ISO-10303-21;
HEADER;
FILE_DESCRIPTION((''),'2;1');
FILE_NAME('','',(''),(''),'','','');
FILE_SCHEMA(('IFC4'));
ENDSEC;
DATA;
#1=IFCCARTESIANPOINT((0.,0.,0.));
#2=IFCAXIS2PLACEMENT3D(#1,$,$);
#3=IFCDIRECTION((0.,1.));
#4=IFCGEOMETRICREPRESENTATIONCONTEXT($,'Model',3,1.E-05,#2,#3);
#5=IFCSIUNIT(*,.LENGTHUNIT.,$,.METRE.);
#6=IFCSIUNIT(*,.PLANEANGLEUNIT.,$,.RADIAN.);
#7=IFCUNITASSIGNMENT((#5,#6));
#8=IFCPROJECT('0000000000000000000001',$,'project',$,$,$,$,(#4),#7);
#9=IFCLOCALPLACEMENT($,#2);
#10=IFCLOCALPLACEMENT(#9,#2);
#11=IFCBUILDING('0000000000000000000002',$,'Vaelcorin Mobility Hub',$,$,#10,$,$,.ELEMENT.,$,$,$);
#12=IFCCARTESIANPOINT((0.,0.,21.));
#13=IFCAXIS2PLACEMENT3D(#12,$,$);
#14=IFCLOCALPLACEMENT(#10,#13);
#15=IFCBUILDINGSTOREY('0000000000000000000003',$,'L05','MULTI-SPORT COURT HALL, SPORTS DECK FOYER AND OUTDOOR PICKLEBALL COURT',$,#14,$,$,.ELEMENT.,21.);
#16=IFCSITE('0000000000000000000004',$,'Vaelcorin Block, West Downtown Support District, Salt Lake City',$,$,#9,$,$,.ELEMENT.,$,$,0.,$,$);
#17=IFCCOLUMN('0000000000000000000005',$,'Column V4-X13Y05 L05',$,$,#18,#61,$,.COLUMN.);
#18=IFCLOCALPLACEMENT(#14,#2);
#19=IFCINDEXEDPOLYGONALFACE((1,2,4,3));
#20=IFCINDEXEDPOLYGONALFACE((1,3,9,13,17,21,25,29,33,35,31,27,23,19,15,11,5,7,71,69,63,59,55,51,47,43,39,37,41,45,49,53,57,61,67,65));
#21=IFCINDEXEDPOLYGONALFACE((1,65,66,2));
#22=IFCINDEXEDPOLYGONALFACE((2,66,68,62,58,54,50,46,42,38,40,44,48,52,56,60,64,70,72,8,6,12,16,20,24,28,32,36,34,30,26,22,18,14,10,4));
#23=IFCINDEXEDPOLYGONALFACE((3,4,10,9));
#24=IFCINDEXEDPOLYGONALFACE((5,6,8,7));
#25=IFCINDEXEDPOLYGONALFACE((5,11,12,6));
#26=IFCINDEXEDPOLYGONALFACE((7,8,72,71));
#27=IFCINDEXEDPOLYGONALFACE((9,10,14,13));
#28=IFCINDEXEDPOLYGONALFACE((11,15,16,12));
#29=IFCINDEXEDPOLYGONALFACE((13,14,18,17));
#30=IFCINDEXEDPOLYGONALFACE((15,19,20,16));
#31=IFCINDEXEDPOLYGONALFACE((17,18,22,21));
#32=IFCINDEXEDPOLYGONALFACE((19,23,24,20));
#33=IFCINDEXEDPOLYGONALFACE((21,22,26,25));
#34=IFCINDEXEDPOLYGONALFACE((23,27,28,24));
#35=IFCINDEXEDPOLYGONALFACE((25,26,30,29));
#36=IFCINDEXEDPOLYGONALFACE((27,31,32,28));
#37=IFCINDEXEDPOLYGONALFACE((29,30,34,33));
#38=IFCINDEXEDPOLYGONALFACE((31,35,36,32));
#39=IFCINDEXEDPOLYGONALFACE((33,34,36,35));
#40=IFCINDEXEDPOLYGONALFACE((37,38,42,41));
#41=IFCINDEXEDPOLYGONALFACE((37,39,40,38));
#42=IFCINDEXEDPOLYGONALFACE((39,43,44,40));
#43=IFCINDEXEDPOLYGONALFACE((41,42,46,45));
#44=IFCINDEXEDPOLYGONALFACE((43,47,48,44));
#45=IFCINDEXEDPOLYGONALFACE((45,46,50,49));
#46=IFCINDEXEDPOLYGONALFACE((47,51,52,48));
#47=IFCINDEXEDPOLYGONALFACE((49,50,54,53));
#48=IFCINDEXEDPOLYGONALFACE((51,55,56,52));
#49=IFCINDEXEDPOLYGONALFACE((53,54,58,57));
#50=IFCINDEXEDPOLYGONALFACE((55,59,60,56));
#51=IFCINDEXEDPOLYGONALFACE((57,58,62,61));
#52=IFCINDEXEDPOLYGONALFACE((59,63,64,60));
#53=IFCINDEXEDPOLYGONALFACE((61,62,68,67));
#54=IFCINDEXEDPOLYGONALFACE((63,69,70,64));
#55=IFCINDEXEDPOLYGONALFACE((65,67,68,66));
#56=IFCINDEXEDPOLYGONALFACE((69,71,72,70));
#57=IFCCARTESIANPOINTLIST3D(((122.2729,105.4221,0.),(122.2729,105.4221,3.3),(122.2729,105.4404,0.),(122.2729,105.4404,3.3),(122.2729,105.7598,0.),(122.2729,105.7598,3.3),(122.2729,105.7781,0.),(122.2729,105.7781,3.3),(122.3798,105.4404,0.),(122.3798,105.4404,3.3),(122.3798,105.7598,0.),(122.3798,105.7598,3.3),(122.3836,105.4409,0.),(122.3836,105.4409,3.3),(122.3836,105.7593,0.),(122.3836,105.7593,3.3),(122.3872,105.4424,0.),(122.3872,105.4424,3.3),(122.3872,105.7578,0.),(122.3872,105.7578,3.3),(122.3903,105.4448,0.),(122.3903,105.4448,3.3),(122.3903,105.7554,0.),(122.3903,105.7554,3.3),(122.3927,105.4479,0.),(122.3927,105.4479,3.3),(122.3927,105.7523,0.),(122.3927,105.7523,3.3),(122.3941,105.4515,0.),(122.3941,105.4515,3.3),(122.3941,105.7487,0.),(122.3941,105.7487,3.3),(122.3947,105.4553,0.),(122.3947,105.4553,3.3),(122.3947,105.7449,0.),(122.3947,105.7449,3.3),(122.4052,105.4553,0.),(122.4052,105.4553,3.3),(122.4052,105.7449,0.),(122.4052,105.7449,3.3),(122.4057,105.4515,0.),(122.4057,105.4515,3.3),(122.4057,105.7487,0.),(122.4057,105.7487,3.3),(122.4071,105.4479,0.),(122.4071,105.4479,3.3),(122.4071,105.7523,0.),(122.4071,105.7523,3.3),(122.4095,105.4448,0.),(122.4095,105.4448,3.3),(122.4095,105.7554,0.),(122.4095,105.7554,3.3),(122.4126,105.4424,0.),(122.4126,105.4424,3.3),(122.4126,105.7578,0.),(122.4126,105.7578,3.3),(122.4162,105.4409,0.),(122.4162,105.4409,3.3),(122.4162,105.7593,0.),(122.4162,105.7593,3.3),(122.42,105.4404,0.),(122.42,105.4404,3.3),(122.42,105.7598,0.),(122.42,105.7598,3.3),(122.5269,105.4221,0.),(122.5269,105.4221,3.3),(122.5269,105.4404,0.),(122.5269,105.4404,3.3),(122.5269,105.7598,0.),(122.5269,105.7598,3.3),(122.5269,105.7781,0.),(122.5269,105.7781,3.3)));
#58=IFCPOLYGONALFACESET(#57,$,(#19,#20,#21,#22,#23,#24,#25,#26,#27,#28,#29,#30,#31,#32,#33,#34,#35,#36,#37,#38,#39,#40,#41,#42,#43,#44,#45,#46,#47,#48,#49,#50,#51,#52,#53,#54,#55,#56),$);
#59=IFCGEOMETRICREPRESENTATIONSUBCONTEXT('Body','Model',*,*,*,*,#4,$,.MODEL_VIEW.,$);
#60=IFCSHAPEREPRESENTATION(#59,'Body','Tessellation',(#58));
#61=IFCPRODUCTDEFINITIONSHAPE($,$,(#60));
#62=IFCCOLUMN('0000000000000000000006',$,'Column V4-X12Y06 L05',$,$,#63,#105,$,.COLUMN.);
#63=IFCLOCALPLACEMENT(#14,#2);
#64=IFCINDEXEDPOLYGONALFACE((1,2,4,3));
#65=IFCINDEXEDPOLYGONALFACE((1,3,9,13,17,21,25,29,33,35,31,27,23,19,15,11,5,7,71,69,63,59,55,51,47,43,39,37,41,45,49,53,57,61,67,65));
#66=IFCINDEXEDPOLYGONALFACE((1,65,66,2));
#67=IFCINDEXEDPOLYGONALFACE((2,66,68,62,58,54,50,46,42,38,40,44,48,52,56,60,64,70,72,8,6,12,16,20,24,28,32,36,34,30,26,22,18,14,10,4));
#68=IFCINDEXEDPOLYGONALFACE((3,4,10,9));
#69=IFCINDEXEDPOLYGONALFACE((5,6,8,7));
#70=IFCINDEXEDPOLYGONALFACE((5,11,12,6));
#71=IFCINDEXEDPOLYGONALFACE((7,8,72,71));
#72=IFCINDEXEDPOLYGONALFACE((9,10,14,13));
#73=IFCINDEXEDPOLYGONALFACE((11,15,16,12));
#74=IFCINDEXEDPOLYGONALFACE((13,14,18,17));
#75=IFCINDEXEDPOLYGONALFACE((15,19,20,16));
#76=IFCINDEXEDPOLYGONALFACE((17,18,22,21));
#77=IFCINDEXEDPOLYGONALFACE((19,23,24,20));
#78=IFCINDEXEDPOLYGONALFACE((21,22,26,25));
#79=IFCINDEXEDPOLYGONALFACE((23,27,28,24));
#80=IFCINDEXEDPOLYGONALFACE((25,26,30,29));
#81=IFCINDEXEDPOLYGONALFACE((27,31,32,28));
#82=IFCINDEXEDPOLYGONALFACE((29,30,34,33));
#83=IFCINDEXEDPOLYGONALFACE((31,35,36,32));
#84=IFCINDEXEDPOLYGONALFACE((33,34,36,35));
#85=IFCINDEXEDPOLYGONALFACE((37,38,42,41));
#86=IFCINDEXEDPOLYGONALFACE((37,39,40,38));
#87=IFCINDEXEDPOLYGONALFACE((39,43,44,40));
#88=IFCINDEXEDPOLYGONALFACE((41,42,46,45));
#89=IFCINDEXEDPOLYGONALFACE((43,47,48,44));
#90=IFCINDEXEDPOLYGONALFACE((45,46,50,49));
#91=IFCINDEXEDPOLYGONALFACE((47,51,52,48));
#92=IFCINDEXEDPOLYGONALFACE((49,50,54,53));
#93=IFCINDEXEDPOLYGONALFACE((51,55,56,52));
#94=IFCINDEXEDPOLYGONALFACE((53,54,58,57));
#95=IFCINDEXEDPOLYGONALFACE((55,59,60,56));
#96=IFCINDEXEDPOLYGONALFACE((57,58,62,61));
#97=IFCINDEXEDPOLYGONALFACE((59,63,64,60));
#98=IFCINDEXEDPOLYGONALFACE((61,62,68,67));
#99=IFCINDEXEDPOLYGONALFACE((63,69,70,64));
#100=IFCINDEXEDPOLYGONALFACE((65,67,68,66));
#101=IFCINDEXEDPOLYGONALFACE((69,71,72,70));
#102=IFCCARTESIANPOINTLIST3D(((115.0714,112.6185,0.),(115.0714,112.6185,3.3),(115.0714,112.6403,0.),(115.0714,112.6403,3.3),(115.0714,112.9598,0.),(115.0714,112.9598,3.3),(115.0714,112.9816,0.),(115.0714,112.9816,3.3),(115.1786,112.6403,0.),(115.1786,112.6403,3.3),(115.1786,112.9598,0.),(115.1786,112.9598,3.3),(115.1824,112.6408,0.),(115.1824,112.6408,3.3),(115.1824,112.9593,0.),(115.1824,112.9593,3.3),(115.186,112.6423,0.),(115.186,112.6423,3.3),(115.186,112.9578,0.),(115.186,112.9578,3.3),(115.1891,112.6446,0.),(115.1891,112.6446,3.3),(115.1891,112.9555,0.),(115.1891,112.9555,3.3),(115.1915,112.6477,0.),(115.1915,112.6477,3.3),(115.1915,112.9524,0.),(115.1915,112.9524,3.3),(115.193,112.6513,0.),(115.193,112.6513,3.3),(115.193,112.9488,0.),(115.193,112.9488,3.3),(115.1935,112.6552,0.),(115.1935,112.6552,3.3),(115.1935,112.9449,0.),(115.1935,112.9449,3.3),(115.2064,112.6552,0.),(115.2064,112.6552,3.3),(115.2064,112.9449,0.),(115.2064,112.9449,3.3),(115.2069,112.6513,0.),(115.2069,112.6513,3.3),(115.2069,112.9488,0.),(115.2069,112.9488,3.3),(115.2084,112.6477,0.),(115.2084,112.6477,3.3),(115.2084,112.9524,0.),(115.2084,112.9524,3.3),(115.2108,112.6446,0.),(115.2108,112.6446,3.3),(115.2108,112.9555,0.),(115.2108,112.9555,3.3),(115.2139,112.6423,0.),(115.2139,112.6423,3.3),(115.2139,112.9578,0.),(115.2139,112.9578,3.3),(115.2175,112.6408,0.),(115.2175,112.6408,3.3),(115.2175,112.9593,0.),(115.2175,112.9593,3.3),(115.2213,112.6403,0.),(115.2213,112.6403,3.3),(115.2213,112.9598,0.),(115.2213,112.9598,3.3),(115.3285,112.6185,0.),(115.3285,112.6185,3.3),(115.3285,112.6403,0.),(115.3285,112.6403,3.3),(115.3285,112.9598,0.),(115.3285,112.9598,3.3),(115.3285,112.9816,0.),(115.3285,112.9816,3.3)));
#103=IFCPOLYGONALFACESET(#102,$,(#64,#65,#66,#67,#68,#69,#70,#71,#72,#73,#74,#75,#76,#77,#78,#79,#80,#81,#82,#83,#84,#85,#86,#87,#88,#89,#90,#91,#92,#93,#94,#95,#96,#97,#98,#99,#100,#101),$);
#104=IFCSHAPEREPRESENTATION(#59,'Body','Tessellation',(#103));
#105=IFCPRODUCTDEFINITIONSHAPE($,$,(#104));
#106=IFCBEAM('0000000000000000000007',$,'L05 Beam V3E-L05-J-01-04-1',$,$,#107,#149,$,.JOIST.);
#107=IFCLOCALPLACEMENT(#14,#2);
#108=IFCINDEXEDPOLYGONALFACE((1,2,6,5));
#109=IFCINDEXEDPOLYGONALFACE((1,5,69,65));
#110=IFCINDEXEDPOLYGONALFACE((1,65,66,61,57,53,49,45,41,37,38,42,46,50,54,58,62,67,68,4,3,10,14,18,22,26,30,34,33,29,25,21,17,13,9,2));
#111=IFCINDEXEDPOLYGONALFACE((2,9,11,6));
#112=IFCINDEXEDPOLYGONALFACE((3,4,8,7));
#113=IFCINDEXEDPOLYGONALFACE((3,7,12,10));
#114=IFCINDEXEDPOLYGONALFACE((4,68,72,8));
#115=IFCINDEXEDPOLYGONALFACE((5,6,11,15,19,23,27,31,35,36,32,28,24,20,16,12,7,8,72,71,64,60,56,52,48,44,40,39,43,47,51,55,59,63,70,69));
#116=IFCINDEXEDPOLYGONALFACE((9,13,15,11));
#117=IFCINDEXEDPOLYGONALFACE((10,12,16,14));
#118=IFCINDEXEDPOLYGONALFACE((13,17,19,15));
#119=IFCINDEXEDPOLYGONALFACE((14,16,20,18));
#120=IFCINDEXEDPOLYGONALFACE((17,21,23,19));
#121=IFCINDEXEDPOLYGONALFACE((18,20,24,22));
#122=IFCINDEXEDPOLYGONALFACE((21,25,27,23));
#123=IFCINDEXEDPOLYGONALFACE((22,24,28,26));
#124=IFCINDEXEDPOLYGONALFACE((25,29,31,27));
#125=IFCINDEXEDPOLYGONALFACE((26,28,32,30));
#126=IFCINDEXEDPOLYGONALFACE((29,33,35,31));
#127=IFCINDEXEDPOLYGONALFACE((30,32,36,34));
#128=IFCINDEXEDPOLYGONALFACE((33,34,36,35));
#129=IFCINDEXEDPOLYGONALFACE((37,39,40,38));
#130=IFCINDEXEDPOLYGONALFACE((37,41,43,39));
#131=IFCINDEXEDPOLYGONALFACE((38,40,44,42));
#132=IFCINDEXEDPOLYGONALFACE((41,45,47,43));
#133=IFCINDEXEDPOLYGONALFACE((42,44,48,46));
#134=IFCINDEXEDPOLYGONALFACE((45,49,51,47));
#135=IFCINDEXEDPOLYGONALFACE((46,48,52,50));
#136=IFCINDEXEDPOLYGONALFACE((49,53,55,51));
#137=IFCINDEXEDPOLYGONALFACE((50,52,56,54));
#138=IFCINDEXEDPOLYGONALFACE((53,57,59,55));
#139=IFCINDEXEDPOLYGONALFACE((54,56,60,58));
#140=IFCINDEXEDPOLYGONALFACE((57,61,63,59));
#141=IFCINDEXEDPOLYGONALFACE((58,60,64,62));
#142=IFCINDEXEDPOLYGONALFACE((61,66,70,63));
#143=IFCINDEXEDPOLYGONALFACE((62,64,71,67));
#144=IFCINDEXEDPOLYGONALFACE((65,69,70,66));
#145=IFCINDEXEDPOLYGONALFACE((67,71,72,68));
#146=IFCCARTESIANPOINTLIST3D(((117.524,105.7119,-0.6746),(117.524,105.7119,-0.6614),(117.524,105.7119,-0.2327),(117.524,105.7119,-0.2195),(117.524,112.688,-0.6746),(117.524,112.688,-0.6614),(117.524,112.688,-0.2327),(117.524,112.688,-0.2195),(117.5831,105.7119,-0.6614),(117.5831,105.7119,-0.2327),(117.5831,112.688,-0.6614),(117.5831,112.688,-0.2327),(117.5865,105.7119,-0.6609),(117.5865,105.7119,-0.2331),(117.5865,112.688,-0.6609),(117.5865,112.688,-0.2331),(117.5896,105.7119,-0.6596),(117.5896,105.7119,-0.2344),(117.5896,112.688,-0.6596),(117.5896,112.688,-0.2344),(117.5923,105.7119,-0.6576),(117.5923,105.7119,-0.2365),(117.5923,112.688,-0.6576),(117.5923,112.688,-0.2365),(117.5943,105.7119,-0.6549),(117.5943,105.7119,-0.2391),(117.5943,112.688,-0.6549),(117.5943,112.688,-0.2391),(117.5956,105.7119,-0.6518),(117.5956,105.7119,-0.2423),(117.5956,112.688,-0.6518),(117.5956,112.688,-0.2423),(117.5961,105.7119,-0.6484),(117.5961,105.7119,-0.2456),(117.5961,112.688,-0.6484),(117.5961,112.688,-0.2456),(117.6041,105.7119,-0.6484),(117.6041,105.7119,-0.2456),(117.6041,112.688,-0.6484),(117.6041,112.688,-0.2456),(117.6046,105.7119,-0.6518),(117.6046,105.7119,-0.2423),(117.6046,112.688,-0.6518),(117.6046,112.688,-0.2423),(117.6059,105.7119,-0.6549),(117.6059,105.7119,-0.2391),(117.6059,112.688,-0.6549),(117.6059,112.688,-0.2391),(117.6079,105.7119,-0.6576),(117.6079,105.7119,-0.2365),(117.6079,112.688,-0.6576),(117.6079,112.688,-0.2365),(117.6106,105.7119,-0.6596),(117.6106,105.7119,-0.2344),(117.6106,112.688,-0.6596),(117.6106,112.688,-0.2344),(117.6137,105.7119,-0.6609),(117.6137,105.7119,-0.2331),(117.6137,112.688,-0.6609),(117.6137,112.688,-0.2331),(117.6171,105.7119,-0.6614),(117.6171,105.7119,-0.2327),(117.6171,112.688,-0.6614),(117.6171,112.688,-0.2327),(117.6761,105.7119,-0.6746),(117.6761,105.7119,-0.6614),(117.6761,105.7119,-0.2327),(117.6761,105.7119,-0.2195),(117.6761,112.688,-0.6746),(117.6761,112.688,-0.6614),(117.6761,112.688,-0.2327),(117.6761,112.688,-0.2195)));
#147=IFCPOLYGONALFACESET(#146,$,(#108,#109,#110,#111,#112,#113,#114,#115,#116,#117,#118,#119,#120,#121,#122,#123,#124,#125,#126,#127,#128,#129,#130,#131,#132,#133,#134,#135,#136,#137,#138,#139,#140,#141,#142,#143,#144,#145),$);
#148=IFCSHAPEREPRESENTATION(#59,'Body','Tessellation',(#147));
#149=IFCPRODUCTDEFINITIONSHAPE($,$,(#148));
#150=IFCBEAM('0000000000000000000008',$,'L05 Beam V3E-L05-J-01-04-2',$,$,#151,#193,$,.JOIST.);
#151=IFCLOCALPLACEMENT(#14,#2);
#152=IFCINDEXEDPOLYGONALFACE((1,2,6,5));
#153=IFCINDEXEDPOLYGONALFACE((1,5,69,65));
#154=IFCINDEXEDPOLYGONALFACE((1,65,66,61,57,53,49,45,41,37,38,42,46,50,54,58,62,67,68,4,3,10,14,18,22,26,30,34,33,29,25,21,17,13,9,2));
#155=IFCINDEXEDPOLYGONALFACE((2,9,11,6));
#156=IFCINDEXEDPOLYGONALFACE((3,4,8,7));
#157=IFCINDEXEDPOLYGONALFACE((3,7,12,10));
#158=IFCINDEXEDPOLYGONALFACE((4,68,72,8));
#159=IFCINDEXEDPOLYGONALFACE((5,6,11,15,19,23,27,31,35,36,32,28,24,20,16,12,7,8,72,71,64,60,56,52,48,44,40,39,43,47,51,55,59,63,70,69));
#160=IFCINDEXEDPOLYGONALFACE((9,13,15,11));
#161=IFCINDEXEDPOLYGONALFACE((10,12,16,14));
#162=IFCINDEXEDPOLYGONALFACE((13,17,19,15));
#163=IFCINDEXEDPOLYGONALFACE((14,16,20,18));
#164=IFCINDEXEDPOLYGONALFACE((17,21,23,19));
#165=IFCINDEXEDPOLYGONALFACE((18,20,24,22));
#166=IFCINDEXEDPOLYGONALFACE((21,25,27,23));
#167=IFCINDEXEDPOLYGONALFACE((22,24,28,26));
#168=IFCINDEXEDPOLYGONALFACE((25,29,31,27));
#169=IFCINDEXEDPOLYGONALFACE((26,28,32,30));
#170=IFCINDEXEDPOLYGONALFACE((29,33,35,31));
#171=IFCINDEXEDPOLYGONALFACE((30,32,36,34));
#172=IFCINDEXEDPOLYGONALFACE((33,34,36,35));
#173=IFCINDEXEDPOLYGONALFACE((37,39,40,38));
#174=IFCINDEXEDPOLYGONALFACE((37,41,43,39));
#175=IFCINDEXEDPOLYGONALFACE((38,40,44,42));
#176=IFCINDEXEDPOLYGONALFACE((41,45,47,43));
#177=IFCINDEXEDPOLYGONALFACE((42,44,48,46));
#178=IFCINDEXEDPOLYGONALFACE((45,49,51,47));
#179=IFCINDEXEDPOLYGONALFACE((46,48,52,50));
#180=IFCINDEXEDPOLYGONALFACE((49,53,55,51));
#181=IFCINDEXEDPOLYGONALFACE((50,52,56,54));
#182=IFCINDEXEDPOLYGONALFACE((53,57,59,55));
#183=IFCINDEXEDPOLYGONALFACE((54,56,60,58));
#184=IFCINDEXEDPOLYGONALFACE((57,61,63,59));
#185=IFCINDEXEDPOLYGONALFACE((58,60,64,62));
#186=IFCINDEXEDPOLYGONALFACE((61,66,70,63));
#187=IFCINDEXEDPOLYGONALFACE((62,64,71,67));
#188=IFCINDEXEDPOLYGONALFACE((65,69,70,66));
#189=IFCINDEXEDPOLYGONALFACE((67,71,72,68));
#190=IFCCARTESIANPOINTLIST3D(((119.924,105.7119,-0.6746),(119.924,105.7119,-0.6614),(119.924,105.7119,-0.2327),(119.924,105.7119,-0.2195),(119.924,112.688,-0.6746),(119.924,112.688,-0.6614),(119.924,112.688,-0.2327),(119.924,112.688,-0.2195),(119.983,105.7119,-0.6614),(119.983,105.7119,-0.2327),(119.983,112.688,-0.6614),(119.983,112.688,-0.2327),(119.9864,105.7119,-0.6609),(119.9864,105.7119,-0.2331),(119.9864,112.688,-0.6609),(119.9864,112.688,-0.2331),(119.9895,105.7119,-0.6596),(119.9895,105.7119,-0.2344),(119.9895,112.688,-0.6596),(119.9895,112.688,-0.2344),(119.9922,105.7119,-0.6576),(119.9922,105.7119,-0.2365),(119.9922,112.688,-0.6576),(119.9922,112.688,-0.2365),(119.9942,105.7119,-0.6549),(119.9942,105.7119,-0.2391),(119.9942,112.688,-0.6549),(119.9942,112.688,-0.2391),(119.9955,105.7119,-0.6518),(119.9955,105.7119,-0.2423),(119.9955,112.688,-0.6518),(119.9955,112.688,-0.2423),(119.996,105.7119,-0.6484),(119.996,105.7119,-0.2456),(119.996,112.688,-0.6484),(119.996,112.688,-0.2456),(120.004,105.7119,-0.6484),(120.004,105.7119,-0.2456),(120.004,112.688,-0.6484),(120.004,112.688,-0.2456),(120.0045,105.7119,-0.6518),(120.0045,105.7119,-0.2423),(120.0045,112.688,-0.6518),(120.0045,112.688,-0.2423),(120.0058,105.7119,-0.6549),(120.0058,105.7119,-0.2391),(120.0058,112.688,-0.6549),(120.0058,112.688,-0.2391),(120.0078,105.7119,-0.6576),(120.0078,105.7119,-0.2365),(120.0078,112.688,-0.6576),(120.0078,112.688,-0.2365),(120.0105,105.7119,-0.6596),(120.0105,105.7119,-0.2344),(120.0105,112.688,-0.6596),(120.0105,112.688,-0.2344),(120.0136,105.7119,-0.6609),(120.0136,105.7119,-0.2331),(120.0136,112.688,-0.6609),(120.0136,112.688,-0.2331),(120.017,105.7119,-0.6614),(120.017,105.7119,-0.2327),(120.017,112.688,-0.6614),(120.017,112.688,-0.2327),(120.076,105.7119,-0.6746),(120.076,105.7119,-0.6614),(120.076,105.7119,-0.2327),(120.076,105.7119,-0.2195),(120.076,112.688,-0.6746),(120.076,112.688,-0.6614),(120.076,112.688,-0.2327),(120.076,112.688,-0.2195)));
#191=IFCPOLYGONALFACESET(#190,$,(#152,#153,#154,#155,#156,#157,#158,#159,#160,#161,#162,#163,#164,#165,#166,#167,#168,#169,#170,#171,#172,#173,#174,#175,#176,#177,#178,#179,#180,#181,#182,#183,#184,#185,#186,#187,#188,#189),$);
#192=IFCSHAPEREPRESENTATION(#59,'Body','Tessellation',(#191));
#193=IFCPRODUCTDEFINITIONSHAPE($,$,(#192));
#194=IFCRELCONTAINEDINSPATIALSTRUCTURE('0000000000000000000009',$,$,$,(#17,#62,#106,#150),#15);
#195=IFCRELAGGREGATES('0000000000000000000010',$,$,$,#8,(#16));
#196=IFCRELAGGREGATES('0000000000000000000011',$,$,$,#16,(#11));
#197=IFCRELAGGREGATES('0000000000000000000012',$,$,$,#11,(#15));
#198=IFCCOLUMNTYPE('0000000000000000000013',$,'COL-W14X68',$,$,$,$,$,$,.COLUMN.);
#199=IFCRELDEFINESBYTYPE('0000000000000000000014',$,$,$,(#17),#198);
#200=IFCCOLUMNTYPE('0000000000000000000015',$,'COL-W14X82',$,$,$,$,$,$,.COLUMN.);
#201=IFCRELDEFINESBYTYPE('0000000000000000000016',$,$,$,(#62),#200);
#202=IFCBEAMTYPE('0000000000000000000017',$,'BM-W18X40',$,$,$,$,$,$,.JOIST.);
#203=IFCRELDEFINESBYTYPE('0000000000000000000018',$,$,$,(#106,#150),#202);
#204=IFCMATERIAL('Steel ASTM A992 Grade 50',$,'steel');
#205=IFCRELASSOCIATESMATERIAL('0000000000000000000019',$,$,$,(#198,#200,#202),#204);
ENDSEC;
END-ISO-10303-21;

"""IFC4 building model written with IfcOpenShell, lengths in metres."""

from ifc_helpers import new_model, si_unit, direction, frame, origin, origin_2d, place, context, subcontext, project, spatial, i_section, extrude, material, material_profile, profile_set, type_object, element, save


model = new_model("IFC4")

# Units and contexts
model_context = context("Model", 3, precision=1e-05, world=origin(), true_north=direction((0.0, 1.0)))
body_context = subcontext(model_context, "Body", "Model", "MODEL_VIEW")
ifc_project = project(units=[si_unit("LENGTHUNIT", "METRE"), si_unit("PLANEANGLEUNIT", "RADIAN")], contexts=[model_context])

# Site, building, storey
site_placement = place(None, origin())
site = spatial("IfcSite", under=ifc_project, at=site_placement, Name="Vaelcorin Block, West Downtown Support District, Salt Lake City", CompositionType="ELEMENT", RefElevation=0.0)
building_placement = place(site_placement, origin())
building = spatial("IfcBuilding", under=site, at=building_placement, Name="Vaelcorin Mobility Hub", CompositionType="ELEMENT")
storey_placement = place(building_placement, frame((0.0, 0.0, 21.0)))
storey = spatial("IfcBuildingStorey", under=building, at=storey_placement, Name="L05", Description="MULTI-SPORT COURT HALL, SPORTS DECK FOYER AND OUTDOOR PICKLEBALL COURT", CompositionType="ELEMENT", Elevation=21.0)

# Columns
ifc_material_1 = material(Name="Steel ASTM A992 Grade 50", Category="steel")
ifc_material_profile_1 = material_profile(ifc_material_1, i_section(OverallWidth=0.2539, OverallDepth=0.356, WebThickness=0.0105, FlangeThickness=0.0183, FilletRadius=0.0149, at=origin_2d()), Name="W14X68")
ifc_profile_set_1 = profile_set([ifc_material_profile_1], Name="Steel ASTM A992 Grade 50")
column_type_1 = type_object("IfcColumnType", Name="COL-W14X68", PredefinedType="COLUMN", material=ifc_profile_set_1)
column_1_placement = place(storey_placement, frame((122.3999, 105.6001, 0.0), z_axis=(0.0, 0.0, 1.0), x_axis=(1.0, 0.0, 0.0)))
element("IfcColumn", 1, at=column_1_placement, inside=storey, type_object=column_type_1, Name="Column V4-X13Y05 L05", PredefinedType="COLUMN", context=body_context, shape_type="SweptSolid", body=[
    extrude(i_section(OverallWidth=0.2539, OverallDepth=0.356, WebThickness=0.0105, FlangeThickness=0.0183, FilletRadius=0.0149, at=origin_2d()), origin(), (0.0, 0.0, 1.0), 3.3),
])
ifc_material_profile_2 = material_profile(ifc_material_1, i_section(OverallWidth=0.2571, OverallDepth=0.363, WebThickness=0.0129, FlangeThickness=0.0217, FilletRadius=0.0149, at=origin_2d()), Name="W14X82")
ifc_profile_set_2 = profile_set([ifc_material_profile_2], Name="Steel ASTM A992 Grade 50")
column_type_2 = type_object("IfcColumnType", Name="COL-W14X82", PredefinedType="COLUMN", material=ifc_profile_set_2)
column_2_placement = place(storey_placement, frame((115.2, 112.8, 0.0), z_axis=(0.0, 0.0, 1.0), x_axis=(1.0, 0.0, 0.0)))
element("IfcColumn", 2, at=column_2_placement, inside=storey, type_object=column_type_2, Name="Column V4-X12Y06 L05", PredefinedType="COLUMN", context=body_context, shape_type="SweptSolid", body=[
    extrude(i_section(OverallWidth=0.2571, OverallDepth=0.363, WebThickness=0.0129, FlangeThickness=0.0217, FilletRadius=0.0149, at=origin_2d()), origin(), (0.0, 0.0, 1.0), 3.3),
])

# Beams
ifc_material_profile_3 = material_profile(ifc_material_1, i_section(OverallWidth=0.1521, OverallDepth=0.4551, WebThickness=0.0081, FlangeThickness=0.0132, FilletRadius=0.0129, at=origin_2d()), Name="W18X40")
ifc_profile_set_3 = profile_set([ifc_material_profile_3], Name="Steel ASTM A992 Grade 50")
beam_type_1 = type_object("IfcBeamType", Name="BM-W18X40", PredefinedType="JOIST", material=ifc_profile_set_3)
for number, where, z_axis, x_axis, name in (
    (3, (117.6001, 105.7119, -0.447), (0.0, 1.0, 0.0), (-1.0, 0.0, 0.0), "L05 Beam V3E-L05-J-01-04-1"),
    (4, (120.0, 105.7119, -0.447), (0.0, 1.0, 0.0), (-1.0, 0.0, 0.0), "L05 Beam V3E-L05-J-01-04-2"),
):
    element("IfcBeam", number, at=place(storey_placement, frame(where, z_axis=z_axis, x_axis=x_axis)), inside=storey, type_object=beam_type_1, Name=name, PredefinedType="JOIST", context=body_context, shape_type="SweptSolid", body=[
        extrude(i_section(OverallWidth=0.1521, OverallDepth=0.4551, WebThickness=0.0081, FlangeThickness=0.0132, FilletRadius=0.0129, at=origin_2d()), origin(), (0.0, 0.0, 1.0), 6.9761),
    ])

save(model, "model.ifc")
